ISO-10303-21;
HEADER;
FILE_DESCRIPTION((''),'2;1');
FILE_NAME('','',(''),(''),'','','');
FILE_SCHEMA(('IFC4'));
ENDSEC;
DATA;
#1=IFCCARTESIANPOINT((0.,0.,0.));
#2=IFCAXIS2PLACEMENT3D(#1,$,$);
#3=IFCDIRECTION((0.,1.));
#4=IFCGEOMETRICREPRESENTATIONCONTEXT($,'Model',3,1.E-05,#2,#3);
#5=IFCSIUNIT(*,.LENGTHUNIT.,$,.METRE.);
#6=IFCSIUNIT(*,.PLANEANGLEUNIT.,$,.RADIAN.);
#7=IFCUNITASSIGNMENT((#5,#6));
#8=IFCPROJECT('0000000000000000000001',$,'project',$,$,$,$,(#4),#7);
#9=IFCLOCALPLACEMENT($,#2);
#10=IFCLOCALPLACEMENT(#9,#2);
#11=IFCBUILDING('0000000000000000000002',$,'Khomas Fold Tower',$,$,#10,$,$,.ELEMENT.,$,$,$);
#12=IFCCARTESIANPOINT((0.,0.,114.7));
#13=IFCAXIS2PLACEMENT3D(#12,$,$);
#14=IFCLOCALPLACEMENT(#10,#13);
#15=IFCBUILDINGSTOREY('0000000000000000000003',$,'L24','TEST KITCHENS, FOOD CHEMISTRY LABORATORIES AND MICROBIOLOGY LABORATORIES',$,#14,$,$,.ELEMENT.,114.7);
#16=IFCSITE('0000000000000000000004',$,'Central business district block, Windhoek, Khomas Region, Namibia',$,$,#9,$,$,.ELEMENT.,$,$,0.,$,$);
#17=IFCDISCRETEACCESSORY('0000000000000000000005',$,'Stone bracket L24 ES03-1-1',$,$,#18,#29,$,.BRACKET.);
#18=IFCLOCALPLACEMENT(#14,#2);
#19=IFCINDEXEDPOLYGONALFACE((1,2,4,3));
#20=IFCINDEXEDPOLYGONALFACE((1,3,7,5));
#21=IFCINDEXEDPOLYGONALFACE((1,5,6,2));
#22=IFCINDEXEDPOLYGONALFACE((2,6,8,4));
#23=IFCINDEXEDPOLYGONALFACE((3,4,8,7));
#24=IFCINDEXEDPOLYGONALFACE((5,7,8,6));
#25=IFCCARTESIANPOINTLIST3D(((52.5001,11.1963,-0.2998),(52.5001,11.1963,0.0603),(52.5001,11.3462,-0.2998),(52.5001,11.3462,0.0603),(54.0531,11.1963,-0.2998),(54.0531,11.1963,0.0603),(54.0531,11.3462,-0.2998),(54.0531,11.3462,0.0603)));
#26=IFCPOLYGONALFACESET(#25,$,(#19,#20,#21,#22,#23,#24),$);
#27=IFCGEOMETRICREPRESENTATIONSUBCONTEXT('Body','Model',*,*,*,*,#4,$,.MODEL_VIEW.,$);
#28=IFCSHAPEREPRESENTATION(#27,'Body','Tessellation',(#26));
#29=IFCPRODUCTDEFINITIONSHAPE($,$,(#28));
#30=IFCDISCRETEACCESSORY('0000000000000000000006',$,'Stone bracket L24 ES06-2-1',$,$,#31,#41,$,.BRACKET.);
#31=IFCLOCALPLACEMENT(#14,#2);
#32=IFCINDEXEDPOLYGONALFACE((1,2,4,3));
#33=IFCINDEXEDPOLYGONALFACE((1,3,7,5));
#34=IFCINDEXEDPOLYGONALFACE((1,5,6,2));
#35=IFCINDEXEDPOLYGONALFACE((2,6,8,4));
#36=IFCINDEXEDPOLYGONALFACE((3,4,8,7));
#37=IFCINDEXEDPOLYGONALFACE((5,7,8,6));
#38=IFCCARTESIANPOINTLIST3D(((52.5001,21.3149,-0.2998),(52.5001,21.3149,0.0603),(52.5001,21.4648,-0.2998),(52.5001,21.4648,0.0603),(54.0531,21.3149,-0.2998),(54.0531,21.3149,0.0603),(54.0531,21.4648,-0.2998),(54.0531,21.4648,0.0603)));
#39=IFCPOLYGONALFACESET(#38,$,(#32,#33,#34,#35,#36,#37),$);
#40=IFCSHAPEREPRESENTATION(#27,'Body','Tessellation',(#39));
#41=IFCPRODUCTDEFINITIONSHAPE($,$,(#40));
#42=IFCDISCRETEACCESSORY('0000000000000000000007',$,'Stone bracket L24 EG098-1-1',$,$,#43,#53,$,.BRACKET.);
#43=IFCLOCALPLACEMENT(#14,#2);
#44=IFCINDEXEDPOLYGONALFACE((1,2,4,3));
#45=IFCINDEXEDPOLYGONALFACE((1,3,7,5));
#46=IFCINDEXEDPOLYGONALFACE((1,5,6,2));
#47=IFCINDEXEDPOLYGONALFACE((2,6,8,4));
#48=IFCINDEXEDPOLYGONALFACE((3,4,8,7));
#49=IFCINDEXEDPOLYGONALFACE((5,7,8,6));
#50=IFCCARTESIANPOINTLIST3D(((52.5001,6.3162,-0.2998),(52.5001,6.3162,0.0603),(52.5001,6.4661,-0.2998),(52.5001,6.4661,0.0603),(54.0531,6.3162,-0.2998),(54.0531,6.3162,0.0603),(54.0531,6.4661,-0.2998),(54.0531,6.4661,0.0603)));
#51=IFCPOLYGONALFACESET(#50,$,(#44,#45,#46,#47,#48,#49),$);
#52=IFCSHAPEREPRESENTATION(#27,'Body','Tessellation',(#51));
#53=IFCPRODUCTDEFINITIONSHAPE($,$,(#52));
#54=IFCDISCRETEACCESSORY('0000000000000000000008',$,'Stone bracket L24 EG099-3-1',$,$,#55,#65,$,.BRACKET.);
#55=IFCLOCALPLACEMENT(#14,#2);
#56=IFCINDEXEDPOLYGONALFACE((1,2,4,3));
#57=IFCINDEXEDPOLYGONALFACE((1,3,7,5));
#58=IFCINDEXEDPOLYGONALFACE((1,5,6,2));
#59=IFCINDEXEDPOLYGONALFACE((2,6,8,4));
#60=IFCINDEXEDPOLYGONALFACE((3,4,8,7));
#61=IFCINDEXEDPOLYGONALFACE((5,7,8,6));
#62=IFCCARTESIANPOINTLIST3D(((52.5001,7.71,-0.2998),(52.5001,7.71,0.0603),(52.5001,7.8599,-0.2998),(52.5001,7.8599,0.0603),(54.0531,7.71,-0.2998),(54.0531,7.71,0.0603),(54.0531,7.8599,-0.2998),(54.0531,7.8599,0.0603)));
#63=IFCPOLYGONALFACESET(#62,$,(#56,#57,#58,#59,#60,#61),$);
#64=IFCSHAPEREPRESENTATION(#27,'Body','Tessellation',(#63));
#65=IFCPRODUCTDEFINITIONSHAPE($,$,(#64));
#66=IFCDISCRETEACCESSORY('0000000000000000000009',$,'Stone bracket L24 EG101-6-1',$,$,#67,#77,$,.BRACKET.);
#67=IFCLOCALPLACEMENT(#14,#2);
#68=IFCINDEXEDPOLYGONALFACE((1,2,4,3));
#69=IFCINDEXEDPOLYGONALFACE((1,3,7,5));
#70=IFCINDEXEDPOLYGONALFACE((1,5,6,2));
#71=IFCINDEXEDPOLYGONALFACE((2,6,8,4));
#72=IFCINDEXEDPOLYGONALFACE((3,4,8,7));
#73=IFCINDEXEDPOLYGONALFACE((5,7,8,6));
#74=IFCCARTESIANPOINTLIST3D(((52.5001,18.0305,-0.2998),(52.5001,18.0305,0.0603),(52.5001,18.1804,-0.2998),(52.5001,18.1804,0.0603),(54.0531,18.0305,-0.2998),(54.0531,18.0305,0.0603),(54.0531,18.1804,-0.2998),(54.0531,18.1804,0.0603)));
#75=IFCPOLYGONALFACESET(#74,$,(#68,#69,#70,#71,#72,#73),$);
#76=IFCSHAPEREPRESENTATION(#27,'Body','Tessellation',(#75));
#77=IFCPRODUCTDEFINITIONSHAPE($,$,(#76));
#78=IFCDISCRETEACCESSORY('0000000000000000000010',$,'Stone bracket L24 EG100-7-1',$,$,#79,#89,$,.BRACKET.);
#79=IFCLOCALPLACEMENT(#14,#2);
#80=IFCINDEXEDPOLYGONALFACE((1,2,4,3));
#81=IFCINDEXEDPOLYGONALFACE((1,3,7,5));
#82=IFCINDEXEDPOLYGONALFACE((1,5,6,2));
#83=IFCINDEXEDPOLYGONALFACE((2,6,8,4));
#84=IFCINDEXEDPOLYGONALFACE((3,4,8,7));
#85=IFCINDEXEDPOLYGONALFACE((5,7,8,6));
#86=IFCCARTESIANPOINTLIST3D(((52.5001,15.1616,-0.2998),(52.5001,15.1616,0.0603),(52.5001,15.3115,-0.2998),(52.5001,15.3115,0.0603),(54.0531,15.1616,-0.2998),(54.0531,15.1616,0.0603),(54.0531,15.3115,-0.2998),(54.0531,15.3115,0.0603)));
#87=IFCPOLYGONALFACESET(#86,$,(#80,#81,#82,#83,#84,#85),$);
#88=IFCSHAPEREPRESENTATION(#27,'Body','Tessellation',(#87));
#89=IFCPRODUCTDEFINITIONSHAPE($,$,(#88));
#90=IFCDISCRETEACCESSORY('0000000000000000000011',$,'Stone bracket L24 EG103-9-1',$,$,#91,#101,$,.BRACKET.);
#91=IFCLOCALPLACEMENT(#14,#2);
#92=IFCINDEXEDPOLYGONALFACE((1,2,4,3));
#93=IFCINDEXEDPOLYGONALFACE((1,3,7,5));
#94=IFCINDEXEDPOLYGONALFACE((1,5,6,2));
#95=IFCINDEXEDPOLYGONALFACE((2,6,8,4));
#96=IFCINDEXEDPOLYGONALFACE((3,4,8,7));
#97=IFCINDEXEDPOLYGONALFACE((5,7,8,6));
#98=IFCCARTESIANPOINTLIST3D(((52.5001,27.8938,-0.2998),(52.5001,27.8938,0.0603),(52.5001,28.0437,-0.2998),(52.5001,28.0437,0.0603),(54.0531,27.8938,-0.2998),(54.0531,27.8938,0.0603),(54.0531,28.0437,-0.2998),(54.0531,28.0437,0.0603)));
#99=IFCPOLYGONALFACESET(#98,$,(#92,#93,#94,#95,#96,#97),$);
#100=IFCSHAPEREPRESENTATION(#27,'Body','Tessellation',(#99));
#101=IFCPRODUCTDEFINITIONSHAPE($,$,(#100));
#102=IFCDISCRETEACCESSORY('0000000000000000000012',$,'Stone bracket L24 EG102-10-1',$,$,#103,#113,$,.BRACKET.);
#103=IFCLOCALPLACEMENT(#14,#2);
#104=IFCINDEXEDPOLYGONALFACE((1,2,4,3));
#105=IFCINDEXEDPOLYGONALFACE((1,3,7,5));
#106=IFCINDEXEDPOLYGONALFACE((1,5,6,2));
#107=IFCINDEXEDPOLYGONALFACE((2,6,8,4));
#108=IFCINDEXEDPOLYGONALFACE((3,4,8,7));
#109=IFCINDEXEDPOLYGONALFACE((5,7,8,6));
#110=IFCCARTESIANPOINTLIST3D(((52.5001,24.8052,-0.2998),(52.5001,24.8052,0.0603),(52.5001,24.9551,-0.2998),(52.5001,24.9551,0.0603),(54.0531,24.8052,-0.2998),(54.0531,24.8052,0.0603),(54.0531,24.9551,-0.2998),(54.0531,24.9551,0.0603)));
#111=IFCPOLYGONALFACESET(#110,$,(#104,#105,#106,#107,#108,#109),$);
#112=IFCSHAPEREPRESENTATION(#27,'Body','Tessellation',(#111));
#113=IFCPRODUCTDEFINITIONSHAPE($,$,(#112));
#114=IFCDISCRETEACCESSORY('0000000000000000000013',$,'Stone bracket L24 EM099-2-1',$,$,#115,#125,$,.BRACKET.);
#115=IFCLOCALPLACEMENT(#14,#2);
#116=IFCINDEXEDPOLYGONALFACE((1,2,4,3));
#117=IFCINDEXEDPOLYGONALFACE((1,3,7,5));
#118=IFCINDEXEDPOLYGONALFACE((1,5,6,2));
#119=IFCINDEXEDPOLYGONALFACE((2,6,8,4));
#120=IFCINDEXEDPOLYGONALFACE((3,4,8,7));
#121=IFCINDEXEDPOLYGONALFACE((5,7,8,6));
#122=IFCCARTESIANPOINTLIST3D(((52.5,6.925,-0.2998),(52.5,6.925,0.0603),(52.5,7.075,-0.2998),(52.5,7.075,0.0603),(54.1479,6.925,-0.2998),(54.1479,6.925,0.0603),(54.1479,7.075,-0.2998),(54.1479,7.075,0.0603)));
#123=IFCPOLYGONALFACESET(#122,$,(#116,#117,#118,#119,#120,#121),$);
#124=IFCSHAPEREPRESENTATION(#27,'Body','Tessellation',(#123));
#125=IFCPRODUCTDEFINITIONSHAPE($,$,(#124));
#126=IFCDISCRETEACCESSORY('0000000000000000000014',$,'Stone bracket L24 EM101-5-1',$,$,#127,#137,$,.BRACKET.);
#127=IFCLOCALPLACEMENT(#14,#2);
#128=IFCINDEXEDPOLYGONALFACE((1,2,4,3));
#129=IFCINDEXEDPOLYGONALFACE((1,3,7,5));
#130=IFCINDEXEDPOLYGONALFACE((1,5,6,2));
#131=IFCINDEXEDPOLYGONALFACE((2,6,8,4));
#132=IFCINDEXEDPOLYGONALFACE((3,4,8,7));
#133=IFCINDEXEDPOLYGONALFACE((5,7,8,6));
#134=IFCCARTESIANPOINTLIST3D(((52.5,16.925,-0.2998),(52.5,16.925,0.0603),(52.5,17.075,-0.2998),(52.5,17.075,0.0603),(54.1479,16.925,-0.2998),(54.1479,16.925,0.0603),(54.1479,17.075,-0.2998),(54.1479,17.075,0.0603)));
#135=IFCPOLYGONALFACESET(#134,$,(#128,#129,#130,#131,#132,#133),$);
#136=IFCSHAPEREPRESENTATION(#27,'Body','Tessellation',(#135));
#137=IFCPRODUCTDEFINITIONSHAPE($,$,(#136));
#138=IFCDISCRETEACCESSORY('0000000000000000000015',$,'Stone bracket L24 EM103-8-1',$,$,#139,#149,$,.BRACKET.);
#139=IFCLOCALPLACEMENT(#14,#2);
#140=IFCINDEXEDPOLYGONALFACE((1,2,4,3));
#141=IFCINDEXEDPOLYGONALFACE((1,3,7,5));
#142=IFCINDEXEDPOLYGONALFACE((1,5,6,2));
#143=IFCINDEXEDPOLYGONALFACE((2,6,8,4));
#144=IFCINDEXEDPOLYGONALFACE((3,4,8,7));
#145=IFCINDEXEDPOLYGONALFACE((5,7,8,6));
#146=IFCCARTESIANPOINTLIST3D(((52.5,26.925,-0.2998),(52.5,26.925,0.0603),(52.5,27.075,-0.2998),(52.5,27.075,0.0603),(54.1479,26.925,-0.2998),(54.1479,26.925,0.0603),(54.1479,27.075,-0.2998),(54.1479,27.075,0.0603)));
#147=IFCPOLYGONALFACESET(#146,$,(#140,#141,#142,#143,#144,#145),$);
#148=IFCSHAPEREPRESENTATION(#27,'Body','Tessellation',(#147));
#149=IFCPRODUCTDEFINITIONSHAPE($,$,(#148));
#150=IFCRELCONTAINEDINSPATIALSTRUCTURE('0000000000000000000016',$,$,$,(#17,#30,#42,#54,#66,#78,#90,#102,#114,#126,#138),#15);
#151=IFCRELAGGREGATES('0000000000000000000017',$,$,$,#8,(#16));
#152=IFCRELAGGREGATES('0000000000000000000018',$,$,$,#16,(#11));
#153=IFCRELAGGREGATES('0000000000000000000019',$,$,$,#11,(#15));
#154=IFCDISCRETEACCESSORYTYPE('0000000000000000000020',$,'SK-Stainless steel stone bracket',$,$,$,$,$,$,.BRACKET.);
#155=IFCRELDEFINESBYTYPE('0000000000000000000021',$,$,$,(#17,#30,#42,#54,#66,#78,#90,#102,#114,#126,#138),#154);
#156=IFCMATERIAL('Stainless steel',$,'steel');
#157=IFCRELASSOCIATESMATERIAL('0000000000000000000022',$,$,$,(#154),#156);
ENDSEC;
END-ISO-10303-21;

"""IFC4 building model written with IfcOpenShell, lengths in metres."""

from ifc_helpers import new_model, si_unit, direction, frame, origin, origin_2d, place, context, subcontext, project, spatial, rectangle, extrude, source, transform, mapped, material, type_object, element, save


model = new_model("IFC4")

# Units and contexts
model_context = context("Model", 3, precision=1e-05, world=origin(), true_north=direction((0.0, 1.0)))
body_context = subcontext(model_context, "Body", "Model", "MODEL_VIEW")
ifc_project = project(units=[si_unit("LENGTHUNIT", "METRE"), si_unit("PLANEANGLEUNIT", "RADIAN")], contexts=[model_context])

# Site, building, storey
site_placement = place(None, origin())
site = spatial("IfcSite", under=ifc_project, at=site_placement, Name="Central business district block, Windhoek, Khomas Region, Namibia", CompositionType="ELEMENT", RefElevation=0.0)
building_placement = place(site_placement, origin())
building = spatial("IfcBuilding", under=site, at=building_placement, Name="Khomas Fold Tower", CompositionType="ELEMENT")
storey_placement = place(building_placement, frame((0.0, 0.0, 114.7)))
storey = spatial("IfcBuildingStorey", under=building, at=storey_placement, Name="L24", Description="TEST KITCHENS, FOOD CHEMISTRY LABORATORIES AND MICROBIOLOGY LABORATORIES", CompositionType="ELEMENT", Elevation=114.7)

# Discrete accessories
ifc_material_1 = material(Name="Stainless steel", Category="steel")
discrete_accessory_type = type_object("IfcDiscreteAccessoryType", Name="SK-Stainless steel stone bracket", PredefinedType="BRACKET", material=ifc_material_1)
shared_shape_1 = source(origin(), body_context, "Body", "SweptSolid", [
    extrude(rectangle(XDim=1.553, YDim=0.1499, at=origin_2d()), origin(), (0.0, 0.0, 1.0), 0.3601),
])
for number, where, z_axis, x_axis, name in (
    (1, (53.2766, 11.2712, -0.2998), (0.0, 0.0, 1.0), (1.0, 0.0, 0.0), "Stone bracket L24 ES03-1-1"),
    (2, (53.2766, 21.3899, -0.2998), (0.0, 0.0, 1.0), (1.0, 0.0, 0.0), "Stone bracket L24 ES06-2-1"),
    (3, (53.2766, 6.3911, -0.2998), (0.0, 0.0, 1.0), (1.0, 0.0, 0.0), "Stone bracket L24 EG098-1-1"),
    (4, (53.2766, 7.7849, -0.2998), (0.0, 0.0, 1.0), (1.0, 0.0, 0.0), "Stone bracket L24 EG099-3-1"),
    (5, (53.2766, 18.1055, -0.2998), (0.0, 0.0, 1.0), (1.0, 0.0, 0.0), "Stone bracket L24 EG101-6-1"),
    (6, (53.2766, 15.2366, -0.2998), (0.0, 0.0, 1.0), (1.0, 0.0, 0.0), "Stone bracket L24 EG100-7-1"),
    (7, (53.2766, 27.9688, -0.2998), (0.0, 0.0, 1.0), (1.0, 0.0, 0.0), "Stone bracket L24 EG103-9-1"),
    (8, (53.2766, 24.8801, -0.2998), (0.0, 0.0, 1.0), (1.0, 0.0, 0.0), "Stone bracket L24 EG102-10-1"),
):
    element("IfcDiscreteAccessory", number, at=place(storey_placement, frame(where, z_axis=z_axis, x_axis=x_axis)), inside=storey, type_object=discrete_accessory_type, Name=name, PredefinedType="BRACKET", context=body_context, shape_type="MappedRepresentation", body=[
        mapped(shared_shape_1, transform((0.0, 0.0, 0.0))),
    ])
shared_shape_2 = source(origin(), body_context, "Body", "SweptSolid", [
    extrude(rectangle(XDim=1.6479, YDim=0.1499, at=origin_2d()), origin(), (0.0, 0.0, 1.0), 0.3601),
])
for number, where, z_axis, x_axis, name in (
    (9, (53.324, 7.0, -0.2998), (0.0, 0.0, 1.0), (1.0, 0.0, 0.0), "Stone bracket L24 EM099-2-1"),
    (10, (53.324, 17.0, -0.2998), (0.0, 0.0, 1.0), (1.0, 0.0, 0.0), "Stone bracket L24 EM101-5-1"),
    (11, (53.324, 27.0, -0.2998), (0.0, 0.0, 1.0), (1.0, 0.0, 0.0), "Stone bracket L24 EM103-8-1"),
):
    element("IfcDiscreteAccessory", number, at=place(storey_placement, frame(where, z_axis=z_axis, x_axis=x_axis)), inside=storey, type_object=discrete_accessory_type, Name=name, PredefinedType="BRACKET", context=body_context, shape_type="MappedRepresentation", body=[
        mapped(shared_shape_2, transform((0.0, 0.0, 0.0))),
    ])

save(model, "model.ifc")
